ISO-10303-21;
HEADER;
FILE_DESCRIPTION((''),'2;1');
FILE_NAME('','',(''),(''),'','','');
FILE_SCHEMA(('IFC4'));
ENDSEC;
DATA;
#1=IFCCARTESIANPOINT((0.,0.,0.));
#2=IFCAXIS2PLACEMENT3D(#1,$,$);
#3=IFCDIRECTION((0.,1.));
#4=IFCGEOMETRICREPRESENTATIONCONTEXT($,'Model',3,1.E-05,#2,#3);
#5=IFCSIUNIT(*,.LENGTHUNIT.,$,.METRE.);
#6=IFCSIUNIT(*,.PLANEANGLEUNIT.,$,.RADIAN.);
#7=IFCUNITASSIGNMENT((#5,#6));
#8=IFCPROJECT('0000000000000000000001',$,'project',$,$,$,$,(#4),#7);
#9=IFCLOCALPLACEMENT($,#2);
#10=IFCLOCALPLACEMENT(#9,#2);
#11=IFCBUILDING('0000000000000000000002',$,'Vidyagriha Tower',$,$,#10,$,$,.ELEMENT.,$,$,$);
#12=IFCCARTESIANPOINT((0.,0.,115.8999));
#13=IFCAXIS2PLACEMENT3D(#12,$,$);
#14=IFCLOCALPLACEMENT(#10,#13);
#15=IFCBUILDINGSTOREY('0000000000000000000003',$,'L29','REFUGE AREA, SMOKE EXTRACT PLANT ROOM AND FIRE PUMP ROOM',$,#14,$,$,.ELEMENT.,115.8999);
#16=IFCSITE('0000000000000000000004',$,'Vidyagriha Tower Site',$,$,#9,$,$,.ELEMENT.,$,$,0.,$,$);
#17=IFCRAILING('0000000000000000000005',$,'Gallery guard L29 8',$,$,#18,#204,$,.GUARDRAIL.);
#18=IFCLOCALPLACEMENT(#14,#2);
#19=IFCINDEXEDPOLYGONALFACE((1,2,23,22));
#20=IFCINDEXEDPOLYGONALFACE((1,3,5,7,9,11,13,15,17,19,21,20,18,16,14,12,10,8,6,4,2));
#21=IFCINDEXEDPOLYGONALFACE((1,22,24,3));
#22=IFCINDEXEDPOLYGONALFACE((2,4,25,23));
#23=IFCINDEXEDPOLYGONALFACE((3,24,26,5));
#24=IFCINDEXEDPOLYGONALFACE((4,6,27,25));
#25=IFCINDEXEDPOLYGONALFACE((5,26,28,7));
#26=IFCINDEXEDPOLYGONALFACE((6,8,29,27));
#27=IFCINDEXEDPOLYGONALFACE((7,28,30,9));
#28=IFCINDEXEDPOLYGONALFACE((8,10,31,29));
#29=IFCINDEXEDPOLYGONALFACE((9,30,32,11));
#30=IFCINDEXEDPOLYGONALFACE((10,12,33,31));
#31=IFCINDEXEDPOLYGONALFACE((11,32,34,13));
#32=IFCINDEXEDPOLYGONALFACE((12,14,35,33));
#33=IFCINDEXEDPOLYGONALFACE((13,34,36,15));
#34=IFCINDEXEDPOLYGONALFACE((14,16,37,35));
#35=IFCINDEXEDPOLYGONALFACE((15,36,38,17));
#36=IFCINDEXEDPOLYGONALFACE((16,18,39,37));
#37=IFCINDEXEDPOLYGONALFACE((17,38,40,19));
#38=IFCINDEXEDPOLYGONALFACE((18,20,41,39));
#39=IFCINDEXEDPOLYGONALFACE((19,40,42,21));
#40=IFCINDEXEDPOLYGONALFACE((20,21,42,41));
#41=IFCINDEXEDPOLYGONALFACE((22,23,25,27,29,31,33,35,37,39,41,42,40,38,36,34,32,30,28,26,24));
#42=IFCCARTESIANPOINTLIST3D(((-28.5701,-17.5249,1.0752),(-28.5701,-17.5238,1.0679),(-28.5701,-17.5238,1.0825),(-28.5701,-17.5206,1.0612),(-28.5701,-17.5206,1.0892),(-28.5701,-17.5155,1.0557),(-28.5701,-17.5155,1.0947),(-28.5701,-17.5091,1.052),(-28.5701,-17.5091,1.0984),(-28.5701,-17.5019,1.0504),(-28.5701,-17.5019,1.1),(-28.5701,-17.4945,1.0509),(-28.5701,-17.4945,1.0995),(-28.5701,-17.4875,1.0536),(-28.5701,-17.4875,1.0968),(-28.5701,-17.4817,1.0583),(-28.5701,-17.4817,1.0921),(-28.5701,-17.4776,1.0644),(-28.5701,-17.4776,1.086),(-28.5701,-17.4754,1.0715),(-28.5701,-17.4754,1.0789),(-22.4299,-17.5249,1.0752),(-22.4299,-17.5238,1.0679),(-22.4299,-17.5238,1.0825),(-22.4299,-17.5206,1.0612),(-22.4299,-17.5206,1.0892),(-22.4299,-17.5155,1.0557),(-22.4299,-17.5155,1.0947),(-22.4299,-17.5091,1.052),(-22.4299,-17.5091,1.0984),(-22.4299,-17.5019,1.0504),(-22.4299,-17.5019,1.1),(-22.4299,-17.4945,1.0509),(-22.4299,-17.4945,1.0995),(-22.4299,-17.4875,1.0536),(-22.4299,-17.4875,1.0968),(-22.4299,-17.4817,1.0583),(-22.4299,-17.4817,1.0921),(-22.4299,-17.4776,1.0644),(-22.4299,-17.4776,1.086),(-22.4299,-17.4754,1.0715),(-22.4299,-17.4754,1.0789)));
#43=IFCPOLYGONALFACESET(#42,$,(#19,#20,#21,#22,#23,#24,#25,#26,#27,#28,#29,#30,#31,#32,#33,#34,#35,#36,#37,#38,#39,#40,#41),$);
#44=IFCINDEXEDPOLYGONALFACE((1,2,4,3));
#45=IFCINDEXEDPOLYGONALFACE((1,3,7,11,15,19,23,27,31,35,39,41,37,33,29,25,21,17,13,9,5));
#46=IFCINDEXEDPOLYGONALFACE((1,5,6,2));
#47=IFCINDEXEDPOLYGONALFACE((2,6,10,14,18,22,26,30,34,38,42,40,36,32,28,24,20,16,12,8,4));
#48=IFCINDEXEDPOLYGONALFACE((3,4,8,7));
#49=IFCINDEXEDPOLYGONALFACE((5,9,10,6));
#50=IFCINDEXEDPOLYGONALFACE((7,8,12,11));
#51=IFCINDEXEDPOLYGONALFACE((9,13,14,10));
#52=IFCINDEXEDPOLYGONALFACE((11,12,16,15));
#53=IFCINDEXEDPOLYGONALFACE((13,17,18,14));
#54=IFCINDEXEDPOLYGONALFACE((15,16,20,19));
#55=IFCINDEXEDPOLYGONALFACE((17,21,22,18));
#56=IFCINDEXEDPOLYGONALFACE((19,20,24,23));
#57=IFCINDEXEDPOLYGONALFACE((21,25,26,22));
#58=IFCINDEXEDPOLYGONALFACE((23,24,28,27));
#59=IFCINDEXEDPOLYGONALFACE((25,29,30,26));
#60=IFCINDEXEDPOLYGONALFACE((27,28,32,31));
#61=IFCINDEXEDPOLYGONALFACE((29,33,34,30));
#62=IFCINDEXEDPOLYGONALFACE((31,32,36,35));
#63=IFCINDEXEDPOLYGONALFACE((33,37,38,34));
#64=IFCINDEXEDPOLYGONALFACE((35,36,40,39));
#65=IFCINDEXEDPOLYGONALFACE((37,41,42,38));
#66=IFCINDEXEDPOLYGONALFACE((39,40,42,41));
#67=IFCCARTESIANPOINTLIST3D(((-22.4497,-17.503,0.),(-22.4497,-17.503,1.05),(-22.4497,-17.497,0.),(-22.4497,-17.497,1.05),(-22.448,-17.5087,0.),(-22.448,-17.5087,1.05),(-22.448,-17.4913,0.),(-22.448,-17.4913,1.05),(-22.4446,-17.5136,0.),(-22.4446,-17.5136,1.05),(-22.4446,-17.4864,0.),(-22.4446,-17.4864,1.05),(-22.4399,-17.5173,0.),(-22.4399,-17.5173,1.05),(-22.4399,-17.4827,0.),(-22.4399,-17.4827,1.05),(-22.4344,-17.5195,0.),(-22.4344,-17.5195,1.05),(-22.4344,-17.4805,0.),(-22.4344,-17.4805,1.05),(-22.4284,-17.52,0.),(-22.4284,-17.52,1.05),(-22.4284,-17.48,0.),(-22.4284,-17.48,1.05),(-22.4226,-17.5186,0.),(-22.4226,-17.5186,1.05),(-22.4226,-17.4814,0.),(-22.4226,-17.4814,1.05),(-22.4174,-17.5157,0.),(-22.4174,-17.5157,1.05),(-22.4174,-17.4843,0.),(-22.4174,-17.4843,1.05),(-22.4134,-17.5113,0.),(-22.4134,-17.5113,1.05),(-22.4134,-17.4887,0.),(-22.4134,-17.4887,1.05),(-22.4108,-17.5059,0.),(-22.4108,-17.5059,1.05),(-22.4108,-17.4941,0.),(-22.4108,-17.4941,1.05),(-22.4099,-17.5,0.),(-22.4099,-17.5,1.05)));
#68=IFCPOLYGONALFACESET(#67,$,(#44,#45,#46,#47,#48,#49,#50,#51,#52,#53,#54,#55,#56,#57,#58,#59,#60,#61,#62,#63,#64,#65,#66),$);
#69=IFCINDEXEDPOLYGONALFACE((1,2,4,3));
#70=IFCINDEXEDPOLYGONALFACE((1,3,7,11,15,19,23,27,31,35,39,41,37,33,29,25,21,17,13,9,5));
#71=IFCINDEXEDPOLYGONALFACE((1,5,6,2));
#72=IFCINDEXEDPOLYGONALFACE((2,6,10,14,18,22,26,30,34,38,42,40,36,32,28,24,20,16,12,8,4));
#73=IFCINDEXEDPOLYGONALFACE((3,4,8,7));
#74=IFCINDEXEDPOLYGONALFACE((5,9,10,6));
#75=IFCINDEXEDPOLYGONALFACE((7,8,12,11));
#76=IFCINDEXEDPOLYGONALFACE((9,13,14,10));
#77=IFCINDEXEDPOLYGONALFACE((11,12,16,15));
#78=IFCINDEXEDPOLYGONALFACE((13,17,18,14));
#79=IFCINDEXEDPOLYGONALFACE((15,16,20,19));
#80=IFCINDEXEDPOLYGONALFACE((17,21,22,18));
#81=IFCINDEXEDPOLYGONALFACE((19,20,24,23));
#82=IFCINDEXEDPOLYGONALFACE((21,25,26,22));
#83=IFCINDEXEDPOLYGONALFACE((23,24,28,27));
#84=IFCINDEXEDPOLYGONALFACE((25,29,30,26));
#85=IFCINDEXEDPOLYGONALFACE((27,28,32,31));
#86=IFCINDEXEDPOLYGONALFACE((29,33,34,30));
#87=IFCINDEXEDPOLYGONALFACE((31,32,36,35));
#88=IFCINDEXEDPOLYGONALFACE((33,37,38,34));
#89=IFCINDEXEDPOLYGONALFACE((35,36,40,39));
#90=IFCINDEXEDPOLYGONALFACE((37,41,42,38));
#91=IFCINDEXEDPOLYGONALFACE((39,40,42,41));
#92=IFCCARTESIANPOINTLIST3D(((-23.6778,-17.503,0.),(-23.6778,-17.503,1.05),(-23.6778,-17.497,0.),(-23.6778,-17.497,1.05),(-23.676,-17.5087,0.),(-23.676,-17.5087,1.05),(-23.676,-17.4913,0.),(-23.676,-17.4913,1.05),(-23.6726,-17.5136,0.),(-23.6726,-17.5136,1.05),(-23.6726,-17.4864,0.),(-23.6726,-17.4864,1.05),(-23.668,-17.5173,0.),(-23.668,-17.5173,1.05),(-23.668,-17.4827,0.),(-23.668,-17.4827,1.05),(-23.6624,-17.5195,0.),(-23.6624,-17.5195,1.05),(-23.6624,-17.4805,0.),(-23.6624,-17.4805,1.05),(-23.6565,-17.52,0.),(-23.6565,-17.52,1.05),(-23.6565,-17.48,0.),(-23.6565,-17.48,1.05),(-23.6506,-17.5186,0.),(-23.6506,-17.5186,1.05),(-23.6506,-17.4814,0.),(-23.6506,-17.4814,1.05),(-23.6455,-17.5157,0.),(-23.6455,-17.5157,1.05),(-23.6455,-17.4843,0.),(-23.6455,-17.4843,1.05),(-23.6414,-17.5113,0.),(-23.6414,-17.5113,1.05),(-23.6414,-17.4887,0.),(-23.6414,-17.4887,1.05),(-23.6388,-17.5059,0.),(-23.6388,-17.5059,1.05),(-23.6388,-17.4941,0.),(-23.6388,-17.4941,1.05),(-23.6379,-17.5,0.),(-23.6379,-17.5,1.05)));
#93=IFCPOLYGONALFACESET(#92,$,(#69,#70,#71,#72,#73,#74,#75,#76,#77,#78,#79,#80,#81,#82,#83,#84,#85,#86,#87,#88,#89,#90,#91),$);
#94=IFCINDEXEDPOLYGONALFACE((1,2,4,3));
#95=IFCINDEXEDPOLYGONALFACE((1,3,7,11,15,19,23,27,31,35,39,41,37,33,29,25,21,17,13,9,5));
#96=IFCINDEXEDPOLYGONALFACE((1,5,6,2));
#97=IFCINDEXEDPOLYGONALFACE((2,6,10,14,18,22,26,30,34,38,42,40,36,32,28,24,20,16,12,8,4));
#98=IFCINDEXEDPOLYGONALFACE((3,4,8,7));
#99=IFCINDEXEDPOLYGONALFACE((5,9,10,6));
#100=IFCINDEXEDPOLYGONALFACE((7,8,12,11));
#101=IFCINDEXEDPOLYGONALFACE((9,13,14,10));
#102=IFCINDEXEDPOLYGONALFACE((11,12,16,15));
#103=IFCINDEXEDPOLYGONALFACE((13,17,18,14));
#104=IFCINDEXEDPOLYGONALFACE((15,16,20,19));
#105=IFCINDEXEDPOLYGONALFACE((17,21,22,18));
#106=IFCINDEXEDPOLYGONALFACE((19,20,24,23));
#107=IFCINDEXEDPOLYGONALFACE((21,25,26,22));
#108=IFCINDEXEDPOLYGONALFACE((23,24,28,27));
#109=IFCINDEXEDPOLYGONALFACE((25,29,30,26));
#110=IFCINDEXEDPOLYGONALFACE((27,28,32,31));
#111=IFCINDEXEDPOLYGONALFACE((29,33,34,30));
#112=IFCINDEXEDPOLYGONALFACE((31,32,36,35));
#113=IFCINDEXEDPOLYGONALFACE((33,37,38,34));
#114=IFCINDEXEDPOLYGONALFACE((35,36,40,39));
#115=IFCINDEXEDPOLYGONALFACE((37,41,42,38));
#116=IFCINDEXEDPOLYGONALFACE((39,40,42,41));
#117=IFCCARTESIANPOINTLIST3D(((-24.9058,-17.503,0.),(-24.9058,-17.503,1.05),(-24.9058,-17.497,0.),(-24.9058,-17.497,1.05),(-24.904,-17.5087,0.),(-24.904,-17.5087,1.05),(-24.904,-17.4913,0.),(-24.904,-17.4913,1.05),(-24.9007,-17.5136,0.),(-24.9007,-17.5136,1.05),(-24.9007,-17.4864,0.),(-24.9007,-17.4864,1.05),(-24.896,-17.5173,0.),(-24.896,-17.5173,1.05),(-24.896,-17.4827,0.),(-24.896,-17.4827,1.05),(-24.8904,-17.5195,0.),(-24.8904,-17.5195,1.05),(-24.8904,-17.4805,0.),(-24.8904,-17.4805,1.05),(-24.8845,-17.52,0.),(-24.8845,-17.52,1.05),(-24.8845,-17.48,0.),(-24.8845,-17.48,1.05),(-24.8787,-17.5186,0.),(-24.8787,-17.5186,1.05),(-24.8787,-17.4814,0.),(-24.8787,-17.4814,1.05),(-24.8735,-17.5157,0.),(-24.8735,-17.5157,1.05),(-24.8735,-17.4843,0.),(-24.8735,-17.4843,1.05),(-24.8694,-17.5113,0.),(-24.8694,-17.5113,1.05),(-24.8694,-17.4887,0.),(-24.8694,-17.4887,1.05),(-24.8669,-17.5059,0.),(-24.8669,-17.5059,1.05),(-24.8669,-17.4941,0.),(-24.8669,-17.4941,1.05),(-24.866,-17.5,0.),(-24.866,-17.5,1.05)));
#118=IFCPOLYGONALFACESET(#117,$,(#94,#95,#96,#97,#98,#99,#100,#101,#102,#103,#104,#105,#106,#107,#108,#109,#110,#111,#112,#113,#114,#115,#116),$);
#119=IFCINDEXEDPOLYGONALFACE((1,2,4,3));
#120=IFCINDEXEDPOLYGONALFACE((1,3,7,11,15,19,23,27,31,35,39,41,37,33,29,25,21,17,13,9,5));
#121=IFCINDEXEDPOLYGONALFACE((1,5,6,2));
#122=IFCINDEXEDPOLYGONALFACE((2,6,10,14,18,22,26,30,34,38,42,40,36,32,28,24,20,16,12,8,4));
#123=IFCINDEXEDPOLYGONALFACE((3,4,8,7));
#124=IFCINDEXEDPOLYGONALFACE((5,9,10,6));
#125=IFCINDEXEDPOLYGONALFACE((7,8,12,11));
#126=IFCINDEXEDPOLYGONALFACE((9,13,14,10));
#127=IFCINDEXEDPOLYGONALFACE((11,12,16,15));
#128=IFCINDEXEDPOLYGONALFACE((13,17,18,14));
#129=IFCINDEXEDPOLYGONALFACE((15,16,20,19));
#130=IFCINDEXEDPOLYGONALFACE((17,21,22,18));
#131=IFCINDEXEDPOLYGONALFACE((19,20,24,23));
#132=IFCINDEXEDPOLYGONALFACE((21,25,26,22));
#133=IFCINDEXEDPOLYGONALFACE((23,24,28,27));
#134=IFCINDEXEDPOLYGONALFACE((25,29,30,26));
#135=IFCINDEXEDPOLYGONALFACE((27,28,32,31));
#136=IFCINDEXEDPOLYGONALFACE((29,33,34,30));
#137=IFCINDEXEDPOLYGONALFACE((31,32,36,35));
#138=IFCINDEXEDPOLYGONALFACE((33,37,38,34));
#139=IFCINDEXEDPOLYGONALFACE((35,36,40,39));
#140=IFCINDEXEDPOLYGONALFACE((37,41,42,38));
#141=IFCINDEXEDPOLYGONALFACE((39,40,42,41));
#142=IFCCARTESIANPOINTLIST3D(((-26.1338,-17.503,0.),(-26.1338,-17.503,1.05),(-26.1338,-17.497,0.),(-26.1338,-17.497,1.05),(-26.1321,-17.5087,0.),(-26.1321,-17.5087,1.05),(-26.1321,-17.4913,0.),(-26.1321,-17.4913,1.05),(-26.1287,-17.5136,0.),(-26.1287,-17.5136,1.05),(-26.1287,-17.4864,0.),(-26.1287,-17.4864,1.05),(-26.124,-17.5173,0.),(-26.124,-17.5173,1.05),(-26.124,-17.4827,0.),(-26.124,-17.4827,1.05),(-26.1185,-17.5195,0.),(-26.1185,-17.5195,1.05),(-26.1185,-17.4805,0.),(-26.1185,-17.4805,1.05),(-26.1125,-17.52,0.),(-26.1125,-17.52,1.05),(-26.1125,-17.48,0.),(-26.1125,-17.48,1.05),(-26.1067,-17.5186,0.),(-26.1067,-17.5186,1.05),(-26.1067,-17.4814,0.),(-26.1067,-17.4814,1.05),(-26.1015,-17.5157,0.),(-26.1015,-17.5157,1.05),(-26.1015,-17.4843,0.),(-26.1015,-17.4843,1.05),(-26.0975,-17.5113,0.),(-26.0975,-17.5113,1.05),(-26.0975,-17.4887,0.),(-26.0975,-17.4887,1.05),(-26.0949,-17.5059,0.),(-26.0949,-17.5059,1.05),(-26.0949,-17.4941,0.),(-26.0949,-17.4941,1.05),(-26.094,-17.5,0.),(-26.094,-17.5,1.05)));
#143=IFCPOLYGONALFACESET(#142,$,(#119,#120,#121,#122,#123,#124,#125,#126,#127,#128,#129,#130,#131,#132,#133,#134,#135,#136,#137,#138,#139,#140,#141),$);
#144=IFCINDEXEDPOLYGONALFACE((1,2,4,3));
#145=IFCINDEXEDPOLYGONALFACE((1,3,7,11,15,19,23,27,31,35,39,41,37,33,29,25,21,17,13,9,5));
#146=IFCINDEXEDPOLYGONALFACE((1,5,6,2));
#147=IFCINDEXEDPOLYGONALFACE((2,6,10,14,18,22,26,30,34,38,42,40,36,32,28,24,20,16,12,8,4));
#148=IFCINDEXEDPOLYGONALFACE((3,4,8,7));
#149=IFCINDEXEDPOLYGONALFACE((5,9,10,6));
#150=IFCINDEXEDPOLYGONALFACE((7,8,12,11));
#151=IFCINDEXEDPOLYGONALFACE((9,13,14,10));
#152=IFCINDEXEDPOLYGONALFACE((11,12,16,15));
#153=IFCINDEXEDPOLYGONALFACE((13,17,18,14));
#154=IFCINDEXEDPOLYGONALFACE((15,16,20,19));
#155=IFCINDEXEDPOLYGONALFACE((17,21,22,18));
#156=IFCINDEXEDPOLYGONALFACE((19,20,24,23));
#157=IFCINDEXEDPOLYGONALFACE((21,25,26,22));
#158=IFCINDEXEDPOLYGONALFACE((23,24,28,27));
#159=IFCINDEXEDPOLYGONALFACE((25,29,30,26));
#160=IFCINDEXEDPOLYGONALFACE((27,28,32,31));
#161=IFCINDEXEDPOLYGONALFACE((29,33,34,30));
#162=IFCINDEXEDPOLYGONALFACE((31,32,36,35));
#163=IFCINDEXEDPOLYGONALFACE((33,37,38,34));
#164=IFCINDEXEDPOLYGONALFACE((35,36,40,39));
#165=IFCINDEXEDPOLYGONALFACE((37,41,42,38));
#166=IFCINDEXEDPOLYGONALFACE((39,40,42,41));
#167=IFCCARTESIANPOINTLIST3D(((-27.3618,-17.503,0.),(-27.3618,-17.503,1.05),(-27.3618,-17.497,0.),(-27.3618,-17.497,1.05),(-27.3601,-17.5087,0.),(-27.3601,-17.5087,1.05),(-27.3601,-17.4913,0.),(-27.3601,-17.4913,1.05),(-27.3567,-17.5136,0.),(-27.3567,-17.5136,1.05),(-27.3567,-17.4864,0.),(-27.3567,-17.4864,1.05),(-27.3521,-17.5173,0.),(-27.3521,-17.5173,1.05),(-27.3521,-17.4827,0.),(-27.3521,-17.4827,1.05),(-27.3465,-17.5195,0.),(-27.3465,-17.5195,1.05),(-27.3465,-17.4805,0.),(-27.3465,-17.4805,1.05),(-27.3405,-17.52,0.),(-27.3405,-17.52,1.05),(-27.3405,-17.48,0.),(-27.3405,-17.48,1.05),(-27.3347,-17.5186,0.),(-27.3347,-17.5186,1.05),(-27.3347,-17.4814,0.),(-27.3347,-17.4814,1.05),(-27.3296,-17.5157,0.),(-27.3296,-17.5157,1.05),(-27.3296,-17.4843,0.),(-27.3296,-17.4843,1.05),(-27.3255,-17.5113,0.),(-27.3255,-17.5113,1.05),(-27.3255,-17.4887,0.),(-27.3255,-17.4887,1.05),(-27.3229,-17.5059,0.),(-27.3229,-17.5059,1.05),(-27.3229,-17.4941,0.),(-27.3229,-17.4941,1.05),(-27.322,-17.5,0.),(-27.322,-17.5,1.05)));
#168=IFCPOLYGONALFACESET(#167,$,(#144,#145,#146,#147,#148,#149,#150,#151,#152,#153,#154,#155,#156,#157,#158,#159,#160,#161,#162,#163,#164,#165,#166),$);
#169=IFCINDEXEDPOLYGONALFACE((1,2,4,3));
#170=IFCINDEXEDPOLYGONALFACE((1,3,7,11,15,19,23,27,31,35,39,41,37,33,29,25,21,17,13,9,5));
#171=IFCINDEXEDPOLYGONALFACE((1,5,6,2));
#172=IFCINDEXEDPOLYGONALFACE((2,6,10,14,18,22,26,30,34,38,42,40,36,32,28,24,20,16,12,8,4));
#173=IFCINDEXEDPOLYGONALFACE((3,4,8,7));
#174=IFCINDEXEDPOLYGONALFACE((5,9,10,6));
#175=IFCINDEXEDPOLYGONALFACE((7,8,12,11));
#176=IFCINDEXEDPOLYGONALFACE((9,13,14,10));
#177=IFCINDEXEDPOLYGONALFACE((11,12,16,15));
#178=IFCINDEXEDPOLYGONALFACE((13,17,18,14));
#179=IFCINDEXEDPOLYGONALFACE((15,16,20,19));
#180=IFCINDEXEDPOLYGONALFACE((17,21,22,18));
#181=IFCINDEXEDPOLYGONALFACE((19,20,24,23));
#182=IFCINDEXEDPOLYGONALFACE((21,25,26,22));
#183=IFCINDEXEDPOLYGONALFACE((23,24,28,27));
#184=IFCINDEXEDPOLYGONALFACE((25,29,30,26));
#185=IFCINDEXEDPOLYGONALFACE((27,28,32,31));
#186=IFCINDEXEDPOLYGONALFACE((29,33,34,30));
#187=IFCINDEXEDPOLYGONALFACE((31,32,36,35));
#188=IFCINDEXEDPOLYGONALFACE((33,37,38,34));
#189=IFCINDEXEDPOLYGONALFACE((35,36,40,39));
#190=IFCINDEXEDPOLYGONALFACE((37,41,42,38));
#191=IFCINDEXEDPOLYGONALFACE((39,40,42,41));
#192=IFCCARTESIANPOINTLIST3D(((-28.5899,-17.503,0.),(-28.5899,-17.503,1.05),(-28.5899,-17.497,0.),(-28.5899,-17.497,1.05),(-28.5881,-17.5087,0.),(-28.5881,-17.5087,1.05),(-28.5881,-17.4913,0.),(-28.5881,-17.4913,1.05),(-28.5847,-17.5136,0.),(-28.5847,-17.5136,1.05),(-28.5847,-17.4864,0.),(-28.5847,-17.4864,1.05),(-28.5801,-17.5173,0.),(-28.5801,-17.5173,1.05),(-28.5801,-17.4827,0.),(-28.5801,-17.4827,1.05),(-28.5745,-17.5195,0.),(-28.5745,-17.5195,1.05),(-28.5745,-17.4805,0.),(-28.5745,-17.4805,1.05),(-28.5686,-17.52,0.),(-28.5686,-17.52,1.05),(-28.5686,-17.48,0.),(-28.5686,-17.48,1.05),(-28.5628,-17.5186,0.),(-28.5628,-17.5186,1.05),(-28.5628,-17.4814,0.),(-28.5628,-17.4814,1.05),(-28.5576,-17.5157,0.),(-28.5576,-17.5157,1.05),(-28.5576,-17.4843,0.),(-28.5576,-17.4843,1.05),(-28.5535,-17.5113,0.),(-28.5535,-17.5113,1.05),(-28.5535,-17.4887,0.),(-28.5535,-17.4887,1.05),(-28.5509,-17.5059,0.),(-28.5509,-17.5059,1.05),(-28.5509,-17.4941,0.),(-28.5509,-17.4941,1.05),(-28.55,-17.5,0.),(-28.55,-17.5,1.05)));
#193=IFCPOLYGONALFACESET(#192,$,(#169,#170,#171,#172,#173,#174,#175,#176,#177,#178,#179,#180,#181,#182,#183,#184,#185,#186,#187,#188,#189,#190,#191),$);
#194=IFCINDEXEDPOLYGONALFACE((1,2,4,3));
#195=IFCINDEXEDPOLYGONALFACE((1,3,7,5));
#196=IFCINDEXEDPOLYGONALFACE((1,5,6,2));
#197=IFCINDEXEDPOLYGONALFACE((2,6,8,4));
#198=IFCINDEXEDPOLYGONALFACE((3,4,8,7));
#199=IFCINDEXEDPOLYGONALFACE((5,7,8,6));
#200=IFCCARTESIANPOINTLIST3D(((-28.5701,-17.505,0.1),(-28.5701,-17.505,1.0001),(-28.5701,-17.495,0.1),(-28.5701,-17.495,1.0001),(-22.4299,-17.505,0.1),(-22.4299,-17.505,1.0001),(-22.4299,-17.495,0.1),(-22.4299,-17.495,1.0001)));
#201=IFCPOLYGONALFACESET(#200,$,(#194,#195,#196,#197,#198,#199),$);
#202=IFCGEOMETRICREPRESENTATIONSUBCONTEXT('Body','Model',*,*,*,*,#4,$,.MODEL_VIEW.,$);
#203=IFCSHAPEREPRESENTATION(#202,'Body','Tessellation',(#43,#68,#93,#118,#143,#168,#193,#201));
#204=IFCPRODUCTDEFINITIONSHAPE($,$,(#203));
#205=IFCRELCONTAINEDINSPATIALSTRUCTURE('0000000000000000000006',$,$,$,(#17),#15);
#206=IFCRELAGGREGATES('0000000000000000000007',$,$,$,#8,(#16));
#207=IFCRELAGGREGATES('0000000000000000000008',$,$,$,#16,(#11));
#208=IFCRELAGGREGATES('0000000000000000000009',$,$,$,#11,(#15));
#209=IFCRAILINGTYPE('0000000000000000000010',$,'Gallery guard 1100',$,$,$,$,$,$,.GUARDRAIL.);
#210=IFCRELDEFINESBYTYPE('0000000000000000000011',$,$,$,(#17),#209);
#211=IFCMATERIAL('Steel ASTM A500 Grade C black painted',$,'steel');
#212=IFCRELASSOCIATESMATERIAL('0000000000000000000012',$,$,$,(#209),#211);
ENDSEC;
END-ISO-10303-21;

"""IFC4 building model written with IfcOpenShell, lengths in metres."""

from ifc_helpers import new_model, si_unit, direction, frame, origin, origin_2d, place, context, subcontext, project, spatial, rectangle, circle, extrude, material, type_object, element, save


model = new_model("IFC4")

# Units and contexts
model_context = context("Model", 3, precision=1e-05, world=origin(), true_north=direction((0.0, 1.0)))
body_context = subcontext(model_context, "Body", "Model", "MODEL_VIEW")
ifc_project = project(units=[si_unit("LENGTHUNIT", "METRE"), si_unit("PLANEANGLEUNIT", "RADIAN")], contexts=[model_context])

# Site, building, storey
site_placement = place(None, origin())
site = spatial("IfcSite", under=ifc_project, at=site_placement, Name="Vidyagriha Tower Site", CompositionType="ELEMENT", RefElevation=0.0)
building_placement = place(site_placement, origin())
building = spatial("IfcBuilding", under=site, at=building_placement, Name="Vidyagriha Tower", CompositionType="ELEMENT")
storey_placement = place(building_placement, frame((0.0, 0.0, 115.8999)))
storey = spatial("IfcBuildingStorey", under=building, at=storey_placement, Name="L29", Description="REFUGE AREA, SMOKE EXTRACT PLANT ROOM AND FIRE PUMP ROOM", CompositionType="ELEMENT", Elevation=115.8999)

# Railing
ifc_material_1 = material(Name="Steel ASTM A500 Grade C black painted", Category="steel")
railing_type = type_object("IfcRailingType", Name="Gallery guard 1100", PredefinedType="GUARDRAIL", material=ifc_material_1)
railing_1_placement = place(storey_placement, frame((-22.4299, -17.5, 0.0)))
element("IfcRailing", 1, at=railing_1_placement, inside=storey, type_object=railing_type, Name="Gallery guard L29 8", PredefinedType="GUARDRAIL", context=body_context, shape_type="SweptSolid", body=[
    extrude(circle(Radius=0.0249, at=origin_2d()), frame((0.0, 0.0, 1.0752), z_axis=(-1.0, 0.0, 0.0), x_axis=(0.0, -1.0, 0.0)), (0.0, 0.0, 1.0), 6.1401),
    extrude(circle(Radius=0.02, at=origin_2d()), origin(), (0.0, 0.0, 1.0), 1.05),
    extrude(circle(Radius=0.02, at=origin_2d()), frame((-1.228, 0.0, 0.0)), (0.0, 0.0, 1.0), 1.05),
    extrude(circle(Radius=0.02, at=origin_2d()), frame((-2.4561, 0.0, 0.0)), (0.0, 0.0, 1.0), 1.05),
    extrude(circle(Radius=0.02, at=origin_2d()), frame((-3.6841, 0.0, 0.0)), (0.0, 0.0, 1.0), 1.05),
    extrude(circle(Radius=0.02, at=origin_2d()), frame((-4.9121, 0.0, 0.0)), (0.0, 0.0, 1.0), 1.05),
    extrude(circle(Radius=0.02, at=origin_2d()), frame((-6.1401, 0.0, 0.0)), (0.0, 0.0, 1.0), 1.05),
    extrude(rectangle(XDim=0.01, YDim=0.9001, at=origin_2d()), frame((0.0, 0.0, 0.55), z_axis=(-1.0, 0.0, 0.0), x_axis=(0.0, -1.0, 0.0)), (0.0, 0.0, 1.0), 6.1401),
])

save(model, "model.ifc")
